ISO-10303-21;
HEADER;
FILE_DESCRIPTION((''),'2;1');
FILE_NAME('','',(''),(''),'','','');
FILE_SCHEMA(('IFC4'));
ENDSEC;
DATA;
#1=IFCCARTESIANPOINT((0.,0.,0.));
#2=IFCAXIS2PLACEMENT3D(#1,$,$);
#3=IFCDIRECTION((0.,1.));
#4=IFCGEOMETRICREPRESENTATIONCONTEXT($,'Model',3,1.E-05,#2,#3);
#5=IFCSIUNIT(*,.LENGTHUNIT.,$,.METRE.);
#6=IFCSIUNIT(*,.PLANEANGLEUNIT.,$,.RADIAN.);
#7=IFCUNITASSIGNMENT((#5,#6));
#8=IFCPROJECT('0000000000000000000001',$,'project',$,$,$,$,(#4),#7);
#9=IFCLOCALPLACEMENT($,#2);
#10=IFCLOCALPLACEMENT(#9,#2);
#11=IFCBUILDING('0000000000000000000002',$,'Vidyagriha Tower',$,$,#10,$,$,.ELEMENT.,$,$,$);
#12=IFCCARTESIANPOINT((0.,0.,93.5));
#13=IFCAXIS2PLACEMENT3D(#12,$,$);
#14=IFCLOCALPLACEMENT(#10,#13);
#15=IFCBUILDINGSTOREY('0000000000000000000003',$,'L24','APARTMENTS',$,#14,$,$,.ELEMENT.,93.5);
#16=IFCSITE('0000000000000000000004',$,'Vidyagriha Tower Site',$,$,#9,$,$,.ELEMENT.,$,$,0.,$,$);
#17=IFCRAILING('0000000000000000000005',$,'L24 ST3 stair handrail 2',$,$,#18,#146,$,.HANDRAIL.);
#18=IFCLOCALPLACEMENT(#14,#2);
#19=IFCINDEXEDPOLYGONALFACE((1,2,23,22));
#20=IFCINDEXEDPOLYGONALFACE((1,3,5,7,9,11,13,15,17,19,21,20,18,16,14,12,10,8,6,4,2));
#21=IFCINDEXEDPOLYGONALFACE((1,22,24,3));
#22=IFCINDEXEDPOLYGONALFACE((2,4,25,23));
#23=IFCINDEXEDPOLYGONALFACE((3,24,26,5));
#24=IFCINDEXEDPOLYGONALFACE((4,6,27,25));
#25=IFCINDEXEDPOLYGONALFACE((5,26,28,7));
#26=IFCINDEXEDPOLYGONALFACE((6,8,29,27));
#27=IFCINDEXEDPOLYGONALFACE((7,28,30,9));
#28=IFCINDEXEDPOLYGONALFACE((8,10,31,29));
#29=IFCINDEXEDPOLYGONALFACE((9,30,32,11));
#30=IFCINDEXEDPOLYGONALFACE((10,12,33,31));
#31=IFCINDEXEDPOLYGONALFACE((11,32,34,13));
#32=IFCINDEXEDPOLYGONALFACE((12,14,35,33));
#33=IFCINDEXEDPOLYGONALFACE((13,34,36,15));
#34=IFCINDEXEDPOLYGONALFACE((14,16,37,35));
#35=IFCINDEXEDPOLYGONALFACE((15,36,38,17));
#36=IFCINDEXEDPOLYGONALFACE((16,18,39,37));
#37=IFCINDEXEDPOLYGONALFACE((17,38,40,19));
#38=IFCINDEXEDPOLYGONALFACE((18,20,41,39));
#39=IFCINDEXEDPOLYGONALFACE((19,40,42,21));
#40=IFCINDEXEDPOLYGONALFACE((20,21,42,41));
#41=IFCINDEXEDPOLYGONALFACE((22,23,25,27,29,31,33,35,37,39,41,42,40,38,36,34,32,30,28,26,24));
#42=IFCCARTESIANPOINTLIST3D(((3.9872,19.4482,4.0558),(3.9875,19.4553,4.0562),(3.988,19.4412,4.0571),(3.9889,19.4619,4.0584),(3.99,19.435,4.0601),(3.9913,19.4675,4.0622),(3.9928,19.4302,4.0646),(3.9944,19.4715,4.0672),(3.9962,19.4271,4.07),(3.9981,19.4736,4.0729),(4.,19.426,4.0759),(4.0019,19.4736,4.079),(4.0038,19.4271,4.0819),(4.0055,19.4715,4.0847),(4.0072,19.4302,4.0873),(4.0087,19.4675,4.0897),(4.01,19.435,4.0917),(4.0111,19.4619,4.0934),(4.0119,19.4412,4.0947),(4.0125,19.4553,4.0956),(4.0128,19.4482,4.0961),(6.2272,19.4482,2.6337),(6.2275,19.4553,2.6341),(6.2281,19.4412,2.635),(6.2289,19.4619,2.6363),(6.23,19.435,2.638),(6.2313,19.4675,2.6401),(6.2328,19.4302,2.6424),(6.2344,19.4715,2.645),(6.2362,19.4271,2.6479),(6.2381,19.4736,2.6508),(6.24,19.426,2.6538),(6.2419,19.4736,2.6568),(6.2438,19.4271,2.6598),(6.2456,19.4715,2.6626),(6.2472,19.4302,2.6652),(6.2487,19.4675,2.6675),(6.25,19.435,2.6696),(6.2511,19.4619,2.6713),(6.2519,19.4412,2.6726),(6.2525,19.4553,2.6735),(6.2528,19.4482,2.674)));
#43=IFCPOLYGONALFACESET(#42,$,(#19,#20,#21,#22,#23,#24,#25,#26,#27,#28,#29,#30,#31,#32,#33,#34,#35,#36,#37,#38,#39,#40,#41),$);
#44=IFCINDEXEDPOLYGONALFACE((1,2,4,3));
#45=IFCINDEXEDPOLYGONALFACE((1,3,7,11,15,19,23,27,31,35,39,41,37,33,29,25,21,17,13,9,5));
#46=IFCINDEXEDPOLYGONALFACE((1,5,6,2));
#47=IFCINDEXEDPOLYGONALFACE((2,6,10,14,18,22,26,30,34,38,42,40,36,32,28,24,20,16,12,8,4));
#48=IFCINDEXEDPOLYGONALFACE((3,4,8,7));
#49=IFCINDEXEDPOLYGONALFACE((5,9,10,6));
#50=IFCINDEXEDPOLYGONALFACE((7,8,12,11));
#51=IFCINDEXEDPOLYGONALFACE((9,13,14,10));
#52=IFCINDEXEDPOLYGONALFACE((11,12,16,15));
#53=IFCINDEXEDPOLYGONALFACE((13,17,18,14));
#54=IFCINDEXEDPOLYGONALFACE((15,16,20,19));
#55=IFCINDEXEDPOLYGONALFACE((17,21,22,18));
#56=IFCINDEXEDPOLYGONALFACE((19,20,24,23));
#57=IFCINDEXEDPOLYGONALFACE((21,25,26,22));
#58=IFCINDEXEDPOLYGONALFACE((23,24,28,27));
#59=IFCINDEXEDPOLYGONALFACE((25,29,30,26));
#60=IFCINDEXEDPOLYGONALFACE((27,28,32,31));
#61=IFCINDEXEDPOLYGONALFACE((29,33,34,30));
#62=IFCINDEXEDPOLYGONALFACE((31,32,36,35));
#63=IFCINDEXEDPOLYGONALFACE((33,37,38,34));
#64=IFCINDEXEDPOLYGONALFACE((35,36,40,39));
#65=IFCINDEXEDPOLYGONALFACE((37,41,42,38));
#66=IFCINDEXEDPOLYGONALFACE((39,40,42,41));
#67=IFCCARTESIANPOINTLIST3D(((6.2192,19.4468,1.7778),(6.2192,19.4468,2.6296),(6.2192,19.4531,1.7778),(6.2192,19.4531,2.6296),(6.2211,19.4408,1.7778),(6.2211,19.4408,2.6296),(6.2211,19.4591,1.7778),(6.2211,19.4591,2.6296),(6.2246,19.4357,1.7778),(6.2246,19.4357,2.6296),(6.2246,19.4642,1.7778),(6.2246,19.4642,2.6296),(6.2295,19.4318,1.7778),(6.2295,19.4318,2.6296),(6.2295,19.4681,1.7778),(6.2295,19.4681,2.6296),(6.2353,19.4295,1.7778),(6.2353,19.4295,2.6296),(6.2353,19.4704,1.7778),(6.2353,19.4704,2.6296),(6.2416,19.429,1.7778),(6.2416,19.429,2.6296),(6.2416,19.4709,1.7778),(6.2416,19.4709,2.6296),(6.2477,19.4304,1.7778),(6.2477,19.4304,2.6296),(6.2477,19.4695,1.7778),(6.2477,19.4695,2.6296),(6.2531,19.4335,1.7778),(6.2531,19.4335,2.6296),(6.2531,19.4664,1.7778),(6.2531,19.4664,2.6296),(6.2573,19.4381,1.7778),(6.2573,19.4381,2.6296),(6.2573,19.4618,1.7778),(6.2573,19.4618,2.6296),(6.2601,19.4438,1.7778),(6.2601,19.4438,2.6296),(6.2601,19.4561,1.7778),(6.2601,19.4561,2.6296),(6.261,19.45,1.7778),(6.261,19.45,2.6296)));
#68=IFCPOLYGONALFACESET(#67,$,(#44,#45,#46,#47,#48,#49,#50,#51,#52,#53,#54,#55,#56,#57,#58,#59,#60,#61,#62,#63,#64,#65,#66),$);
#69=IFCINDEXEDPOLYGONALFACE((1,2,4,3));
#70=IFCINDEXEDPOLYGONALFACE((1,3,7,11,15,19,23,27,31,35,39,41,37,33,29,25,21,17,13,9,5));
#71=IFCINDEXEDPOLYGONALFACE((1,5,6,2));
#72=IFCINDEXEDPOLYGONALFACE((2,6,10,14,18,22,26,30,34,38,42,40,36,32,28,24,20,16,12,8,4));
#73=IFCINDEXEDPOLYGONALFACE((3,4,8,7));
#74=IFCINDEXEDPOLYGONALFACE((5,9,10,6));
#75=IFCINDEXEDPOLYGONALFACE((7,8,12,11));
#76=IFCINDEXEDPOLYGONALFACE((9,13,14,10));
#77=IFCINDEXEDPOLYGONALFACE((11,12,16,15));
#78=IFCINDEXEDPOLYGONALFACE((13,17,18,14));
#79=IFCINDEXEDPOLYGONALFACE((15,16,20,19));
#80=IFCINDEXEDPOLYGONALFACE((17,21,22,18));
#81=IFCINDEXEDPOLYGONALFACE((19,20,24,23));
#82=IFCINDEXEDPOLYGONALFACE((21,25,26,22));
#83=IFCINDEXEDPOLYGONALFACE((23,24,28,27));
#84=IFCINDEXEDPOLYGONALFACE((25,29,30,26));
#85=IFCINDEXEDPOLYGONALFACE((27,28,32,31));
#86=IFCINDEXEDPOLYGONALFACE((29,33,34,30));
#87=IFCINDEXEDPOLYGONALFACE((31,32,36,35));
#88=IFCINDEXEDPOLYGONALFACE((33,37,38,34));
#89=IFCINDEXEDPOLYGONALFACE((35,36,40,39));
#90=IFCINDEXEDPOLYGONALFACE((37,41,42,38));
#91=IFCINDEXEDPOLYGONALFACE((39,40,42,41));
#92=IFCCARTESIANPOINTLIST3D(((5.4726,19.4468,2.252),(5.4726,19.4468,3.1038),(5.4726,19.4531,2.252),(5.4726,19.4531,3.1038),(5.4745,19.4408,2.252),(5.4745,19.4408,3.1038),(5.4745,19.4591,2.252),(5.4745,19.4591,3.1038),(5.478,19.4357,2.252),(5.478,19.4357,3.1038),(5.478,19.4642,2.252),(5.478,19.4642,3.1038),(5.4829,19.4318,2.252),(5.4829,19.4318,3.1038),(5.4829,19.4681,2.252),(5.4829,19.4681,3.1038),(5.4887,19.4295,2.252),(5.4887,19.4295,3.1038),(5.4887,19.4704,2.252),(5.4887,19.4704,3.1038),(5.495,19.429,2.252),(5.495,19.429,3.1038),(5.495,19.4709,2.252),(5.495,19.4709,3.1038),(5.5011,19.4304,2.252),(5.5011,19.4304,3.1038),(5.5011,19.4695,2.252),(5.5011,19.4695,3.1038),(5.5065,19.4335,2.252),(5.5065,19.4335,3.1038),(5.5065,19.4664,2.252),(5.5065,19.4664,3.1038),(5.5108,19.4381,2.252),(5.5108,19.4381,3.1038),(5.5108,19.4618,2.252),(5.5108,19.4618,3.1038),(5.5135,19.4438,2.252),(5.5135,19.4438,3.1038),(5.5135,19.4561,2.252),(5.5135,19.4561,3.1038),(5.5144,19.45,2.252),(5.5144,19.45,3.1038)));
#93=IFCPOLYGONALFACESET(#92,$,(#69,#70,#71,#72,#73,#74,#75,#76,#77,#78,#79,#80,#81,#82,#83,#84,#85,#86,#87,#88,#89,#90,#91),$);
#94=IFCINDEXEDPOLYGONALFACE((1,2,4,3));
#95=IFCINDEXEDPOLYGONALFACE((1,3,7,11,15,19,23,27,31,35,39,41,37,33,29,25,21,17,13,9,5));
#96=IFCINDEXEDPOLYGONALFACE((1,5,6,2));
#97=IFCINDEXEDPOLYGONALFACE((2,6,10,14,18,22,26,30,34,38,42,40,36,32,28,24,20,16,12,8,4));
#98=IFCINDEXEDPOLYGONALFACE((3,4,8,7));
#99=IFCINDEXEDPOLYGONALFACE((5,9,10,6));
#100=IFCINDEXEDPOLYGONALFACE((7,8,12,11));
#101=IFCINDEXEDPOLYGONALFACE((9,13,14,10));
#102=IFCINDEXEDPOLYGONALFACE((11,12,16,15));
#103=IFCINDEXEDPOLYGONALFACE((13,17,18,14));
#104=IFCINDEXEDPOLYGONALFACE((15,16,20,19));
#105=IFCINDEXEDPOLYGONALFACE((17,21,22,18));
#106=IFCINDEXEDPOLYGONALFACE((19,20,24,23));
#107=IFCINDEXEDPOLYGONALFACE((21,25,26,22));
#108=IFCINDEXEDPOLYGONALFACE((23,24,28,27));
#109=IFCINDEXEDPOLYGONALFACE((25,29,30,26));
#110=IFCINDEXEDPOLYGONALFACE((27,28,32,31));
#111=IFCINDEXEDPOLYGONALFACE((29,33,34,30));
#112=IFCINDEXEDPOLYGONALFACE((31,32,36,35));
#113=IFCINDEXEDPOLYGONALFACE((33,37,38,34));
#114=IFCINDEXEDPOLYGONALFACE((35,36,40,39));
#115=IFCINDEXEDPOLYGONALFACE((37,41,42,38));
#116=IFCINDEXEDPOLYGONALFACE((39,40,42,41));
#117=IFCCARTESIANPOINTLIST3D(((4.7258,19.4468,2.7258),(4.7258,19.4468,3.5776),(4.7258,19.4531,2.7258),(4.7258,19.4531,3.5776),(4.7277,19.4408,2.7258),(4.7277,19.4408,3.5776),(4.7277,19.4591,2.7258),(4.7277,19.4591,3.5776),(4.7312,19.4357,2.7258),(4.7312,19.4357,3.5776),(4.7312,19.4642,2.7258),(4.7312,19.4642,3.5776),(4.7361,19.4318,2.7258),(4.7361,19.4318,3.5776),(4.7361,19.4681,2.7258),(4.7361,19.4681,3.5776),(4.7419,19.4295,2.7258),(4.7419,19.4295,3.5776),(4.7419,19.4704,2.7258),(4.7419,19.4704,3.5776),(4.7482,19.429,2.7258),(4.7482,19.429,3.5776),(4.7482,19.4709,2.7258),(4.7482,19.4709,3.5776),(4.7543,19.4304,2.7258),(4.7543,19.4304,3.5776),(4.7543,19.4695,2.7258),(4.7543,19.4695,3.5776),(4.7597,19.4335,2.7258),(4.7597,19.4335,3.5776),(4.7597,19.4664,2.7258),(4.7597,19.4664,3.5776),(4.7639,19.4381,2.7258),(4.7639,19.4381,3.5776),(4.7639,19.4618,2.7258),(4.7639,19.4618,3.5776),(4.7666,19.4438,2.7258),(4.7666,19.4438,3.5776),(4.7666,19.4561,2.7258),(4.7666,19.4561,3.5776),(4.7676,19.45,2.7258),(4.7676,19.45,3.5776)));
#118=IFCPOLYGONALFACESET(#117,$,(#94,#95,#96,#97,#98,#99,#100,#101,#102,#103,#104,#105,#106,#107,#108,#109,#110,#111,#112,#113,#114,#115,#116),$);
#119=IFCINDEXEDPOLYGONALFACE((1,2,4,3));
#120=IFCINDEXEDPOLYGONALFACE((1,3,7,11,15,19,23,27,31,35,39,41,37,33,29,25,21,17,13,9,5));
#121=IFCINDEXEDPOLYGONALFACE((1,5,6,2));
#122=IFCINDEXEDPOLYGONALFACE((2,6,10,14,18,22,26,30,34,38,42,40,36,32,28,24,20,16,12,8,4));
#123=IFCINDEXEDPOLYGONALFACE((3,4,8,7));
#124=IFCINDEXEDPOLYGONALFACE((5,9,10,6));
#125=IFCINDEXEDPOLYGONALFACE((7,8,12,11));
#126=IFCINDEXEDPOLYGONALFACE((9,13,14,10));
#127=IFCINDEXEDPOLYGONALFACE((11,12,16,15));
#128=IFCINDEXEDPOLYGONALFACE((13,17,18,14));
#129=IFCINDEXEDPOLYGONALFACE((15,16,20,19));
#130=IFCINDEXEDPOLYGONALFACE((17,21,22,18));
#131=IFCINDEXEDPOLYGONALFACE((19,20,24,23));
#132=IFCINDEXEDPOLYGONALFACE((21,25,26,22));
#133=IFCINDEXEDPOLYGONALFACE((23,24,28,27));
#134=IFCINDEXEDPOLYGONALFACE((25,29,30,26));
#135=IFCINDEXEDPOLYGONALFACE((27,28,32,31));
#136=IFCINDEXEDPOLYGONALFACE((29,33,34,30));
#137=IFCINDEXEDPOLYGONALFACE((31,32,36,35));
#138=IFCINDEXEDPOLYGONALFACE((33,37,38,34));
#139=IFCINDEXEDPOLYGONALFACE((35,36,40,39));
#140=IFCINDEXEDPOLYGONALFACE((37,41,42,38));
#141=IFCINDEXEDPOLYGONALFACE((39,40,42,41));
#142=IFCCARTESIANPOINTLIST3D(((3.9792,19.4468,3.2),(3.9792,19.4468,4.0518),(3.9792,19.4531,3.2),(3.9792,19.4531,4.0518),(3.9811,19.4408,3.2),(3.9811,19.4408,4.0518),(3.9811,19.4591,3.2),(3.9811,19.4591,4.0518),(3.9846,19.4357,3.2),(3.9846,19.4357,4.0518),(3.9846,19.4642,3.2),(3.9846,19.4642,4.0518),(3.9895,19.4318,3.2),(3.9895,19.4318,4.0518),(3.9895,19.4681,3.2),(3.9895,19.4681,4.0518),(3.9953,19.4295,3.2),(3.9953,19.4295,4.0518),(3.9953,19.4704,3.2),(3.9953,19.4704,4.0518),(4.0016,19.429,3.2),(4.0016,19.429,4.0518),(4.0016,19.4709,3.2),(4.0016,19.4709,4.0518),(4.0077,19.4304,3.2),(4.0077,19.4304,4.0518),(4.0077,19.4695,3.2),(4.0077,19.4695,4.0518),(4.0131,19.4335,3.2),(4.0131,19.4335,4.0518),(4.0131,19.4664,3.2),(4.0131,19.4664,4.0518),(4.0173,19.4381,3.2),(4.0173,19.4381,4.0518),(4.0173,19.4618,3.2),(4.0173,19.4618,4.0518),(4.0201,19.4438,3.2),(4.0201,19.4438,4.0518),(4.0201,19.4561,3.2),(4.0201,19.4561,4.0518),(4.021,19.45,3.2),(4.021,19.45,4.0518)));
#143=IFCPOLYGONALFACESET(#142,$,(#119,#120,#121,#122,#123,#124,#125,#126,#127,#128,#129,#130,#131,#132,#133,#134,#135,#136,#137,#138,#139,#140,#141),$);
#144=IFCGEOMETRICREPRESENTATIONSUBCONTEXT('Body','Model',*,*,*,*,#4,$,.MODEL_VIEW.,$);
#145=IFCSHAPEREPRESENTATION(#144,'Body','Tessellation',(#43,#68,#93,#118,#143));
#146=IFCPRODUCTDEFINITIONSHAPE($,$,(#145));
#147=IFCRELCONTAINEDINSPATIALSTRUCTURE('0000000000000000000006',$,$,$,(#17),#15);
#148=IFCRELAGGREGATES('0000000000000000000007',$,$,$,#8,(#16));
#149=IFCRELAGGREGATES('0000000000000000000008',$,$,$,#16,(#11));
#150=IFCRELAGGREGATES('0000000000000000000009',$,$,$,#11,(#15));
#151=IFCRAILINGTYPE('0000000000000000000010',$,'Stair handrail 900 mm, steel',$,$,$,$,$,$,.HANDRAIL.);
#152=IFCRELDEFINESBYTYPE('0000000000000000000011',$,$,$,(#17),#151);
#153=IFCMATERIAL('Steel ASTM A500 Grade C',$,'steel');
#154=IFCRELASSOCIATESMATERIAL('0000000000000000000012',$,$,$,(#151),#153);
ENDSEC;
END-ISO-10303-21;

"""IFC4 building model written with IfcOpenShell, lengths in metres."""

from ifc_helpers import new_model, si_unit, direction, frame, origin, origin_2d, place, context, subcontext, project, spatial, circle, extrude, material, type_object, element, save


model = new_model("IFC4")

# Units and contexts
model_context = context("Model", 3, precision=1e-05, world=origin(), true_north=direction((0.0, 1.0)))
body_context = subcontext(model_context, "Body", "Model", "MODEL_VIEW")
ifc_project = project(units=[si_unit("LENGTHUNIT", "METRE"), si_unit("PLANEANGLEUNIT", "RADIAN")], contexts=[model_context])

# Site, building, storey
site_placement = place(None, origin())
site = spatial("IfcSite", under=ifc_project, at=site_placement, Name="Vidyagriha Tower Site", CompositionType="ELEMENT", RefElevation=0.0)
building_placement = place(site_placement, origin())
building = spatial("IfcBuilding", under=site, at=building_placement, Name="Vidyagriha Tower", CompositionType="ELEMENT")
storey_placement = place(building_placement, frame((0.0, 0.0, 93.5)))
storey = spatial("IfcBuildingStorey", under=building, at=storey_placement, Name="L24", Description="APARTMENTS", CompositionType="ELEMENT", Elevation=93.5)

# Railing
ifc_material_1 = material(Name="Steel ASTM A500 Grade C", Category="steel")
railing_type_1 = type_object("IfcRailingType", Name="Stair handrail 900 mm, steel", PredefinedType="HANDRAIL", material=ifc_material_1)
railing_1_placement = place(storey_placement, frame((6.24, 19.45, 1.7778)))
element("IfcRailing", 1, at=railing_1_placement, inside=storey, type_object=railing_type_1, Name="L24 ST3 stair handrail 2", PredefinedType="HANDRAIL", context=body_context, shape_type="SweptSolid", body=[
    extrude(circle(Radius=0.0239, at=origin_2d()), frame((0.0, 0.0, 0.876), z_axis=(-0.844229, 0.0, 0.535982), x_axis=(0.0, -1.0, 0.0)), (0.0, 0.0, 1.0), 2.6533),
    extrude(circle(Radius=0.021, at=origin_2d()), origin(), (0.0, 0.0, 1.0), 0.8518),
    extrude(circle(Radius=0.021, at=origin_2d()), frame((-0.7466, 0.0, 0.4741)), (0.0, 0.0, 1.0), 0.8518),
    extrude(circle(Radius=0.021, at=origin_2d()), frame((-1.4934, 0.0, 0.948)), (0.0, 0.0, 1.0), 0.8518),
    extrude(circle(Radius=0.021, at=origin_2d()), frame((-2.24, 0.0, 1.4221)), (0.0, 0.0, 1.0), 0.8518),
])

save(model, "model.ifc")
